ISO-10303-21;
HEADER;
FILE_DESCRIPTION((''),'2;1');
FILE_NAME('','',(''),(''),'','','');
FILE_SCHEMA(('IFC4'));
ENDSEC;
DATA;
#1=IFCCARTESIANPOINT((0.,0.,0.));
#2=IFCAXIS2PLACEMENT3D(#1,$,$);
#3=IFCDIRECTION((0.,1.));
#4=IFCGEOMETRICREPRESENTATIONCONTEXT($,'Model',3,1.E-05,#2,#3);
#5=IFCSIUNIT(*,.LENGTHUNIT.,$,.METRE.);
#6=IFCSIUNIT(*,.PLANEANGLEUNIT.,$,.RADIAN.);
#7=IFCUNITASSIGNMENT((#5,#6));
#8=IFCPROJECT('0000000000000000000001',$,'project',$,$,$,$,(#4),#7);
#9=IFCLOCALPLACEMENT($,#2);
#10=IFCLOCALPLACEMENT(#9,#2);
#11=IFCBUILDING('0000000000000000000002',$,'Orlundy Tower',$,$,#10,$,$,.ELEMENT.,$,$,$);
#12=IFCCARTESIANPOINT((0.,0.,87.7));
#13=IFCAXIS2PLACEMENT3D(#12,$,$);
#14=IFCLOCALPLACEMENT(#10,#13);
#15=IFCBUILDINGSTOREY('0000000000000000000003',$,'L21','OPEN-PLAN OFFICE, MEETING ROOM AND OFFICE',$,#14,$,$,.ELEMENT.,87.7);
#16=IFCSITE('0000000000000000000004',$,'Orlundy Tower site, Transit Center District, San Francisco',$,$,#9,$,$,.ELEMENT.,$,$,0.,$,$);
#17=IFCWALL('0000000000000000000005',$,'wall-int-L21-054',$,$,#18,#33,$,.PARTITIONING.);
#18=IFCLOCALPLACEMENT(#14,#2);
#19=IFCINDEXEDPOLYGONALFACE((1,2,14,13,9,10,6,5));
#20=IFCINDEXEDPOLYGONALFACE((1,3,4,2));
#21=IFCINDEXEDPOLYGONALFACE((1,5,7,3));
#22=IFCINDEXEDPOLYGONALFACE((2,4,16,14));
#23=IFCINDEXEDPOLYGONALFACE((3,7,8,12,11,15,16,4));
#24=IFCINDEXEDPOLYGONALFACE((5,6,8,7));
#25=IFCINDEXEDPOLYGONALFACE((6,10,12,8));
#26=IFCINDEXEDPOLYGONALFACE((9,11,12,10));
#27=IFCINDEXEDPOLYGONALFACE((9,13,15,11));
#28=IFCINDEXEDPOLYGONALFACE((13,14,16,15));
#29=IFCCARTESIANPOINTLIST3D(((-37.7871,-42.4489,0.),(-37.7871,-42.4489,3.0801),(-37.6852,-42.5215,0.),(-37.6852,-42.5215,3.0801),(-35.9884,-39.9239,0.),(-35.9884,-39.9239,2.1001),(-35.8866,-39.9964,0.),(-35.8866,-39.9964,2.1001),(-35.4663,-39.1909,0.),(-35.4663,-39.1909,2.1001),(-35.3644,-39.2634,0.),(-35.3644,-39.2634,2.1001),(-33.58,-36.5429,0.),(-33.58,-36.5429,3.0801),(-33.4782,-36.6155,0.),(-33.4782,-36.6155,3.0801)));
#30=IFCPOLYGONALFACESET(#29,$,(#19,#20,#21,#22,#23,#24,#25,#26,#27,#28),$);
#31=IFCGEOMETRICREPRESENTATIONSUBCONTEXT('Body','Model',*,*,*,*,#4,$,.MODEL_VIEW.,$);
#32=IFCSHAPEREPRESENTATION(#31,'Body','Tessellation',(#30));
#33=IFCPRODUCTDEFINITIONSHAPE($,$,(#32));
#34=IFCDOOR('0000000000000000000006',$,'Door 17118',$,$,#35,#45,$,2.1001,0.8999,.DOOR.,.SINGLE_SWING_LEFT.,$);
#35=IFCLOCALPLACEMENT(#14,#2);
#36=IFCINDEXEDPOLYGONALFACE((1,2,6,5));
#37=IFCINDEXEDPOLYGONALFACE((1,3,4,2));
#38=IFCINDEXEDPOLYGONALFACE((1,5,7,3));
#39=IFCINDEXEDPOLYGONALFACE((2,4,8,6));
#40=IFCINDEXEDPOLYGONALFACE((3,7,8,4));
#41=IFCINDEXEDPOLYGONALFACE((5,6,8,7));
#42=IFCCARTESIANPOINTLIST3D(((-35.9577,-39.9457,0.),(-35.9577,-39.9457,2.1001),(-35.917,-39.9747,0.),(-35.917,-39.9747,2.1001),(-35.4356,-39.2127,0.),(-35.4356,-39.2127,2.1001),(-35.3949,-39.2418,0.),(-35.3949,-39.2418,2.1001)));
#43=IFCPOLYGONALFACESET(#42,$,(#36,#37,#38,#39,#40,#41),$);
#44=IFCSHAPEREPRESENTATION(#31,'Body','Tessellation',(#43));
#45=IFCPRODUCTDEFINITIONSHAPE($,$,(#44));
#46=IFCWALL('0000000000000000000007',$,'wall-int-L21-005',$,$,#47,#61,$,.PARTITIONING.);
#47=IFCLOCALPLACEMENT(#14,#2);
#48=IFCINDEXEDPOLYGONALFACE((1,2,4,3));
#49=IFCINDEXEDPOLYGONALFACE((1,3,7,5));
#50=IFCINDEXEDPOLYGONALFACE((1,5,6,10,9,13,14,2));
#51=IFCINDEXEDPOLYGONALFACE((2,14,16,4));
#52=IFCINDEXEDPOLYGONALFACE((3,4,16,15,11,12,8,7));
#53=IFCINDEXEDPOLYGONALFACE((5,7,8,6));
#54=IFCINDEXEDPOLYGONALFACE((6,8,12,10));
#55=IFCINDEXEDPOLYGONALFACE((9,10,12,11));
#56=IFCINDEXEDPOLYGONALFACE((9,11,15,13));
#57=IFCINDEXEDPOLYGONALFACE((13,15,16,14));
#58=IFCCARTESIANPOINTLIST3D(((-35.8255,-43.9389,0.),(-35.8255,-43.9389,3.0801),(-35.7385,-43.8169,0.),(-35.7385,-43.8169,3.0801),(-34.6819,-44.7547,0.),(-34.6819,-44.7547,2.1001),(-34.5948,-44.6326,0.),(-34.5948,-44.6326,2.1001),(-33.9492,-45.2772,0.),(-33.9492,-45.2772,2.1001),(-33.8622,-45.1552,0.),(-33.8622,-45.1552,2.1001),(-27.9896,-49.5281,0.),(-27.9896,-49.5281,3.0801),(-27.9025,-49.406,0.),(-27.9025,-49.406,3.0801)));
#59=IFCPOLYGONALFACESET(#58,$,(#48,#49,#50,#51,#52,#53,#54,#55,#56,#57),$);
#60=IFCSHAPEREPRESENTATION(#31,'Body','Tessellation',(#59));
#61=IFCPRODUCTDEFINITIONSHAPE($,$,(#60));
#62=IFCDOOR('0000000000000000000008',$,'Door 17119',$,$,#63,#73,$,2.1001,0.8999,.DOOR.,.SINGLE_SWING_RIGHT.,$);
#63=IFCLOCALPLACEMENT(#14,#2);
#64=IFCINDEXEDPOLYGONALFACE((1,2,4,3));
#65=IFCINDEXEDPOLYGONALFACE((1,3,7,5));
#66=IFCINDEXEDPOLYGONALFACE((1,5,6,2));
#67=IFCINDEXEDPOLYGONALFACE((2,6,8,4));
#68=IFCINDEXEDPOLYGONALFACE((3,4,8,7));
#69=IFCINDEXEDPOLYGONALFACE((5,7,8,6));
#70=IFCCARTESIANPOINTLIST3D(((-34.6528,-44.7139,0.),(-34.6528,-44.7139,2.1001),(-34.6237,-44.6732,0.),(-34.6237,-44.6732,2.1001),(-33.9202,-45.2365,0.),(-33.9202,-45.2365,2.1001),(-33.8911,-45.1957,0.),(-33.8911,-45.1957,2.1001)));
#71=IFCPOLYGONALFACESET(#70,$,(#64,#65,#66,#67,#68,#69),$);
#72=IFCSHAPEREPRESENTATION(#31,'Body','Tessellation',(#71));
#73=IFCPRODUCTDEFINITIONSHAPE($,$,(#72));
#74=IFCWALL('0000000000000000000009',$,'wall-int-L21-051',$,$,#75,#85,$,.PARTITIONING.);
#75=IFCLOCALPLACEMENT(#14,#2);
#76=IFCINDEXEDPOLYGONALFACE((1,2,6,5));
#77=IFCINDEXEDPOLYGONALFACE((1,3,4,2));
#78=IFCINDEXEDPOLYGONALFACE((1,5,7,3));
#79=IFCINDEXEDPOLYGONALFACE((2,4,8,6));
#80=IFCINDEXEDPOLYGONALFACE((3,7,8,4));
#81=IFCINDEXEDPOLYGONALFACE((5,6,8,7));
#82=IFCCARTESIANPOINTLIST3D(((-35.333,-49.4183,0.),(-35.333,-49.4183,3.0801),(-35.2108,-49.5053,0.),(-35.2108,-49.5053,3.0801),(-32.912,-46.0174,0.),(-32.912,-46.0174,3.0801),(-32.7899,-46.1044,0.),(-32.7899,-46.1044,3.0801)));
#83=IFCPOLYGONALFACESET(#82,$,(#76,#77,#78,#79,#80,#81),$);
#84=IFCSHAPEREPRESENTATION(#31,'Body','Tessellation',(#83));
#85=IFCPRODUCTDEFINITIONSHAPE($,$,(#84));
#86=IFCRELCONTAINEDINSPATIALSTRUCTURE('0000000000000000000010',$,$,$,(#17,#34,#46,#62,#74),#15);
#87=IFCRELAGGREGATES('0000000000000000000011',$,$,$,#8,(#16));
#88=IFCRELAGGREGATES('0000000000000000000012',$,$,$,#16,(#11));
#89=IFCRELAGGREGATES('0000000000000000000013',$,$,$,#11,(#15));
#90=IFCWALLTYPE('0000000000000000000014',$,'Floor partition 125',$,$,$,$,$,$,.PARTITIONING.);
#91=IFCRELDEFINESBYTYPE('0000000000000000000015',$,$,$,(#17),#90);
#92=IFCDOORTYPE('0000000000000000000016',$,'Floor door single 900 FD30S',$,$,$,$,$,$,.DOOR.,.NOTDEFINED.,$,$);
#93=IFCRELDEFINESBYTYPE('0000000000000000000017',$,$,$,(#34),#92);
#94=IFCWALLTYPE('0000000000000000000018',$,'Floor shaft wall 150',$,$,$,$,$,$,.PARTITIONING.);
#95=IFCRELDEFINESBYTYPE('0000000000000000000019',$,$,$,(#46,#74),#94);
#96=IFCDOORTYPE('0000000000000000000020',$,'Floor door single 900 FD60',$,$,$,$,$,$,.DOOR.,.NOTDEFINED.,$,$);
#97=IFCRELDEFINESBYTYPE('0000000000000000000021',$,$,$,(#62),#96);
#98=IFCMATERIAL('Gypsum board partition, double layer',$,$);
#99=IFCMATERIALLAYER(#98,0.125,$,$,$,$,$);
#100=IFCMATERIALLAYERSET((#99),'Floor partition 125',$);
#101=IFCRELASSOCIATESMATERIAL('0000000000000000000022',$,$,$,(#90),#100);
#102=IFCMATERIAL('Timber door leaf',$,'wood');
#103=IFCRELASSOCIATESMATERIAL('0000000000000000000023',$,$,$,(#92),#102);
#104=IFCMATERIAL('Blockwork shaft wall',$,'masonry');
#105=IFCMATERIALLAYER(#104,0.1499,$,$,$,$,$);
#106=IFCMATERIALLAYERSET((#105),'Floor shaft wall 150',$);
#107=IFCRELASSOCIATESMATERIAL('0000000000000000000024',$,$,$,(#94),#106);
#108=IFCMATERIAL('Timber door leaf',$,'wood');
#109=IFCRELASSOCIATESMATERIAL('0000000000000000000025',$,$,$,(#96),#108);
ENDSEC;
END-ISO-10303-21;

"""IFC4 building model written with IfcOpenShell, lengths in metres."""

from ifc_helpers import new_model, si_unit, direction, frame, frame_2d, origin, place, context, subcontext, project, spatial, rectangle, extrude, material, layer, layer_set, type_object, element, fill, save


model = new_model("IFC4")

# Units and contexts
model_context = context("Model", 3, precision=1e-05, world=origin(), true_north=direction((0.0, 1.0)))
body_context = subcontext(model_context, "Body", "Model", "MODEL_VIEW")
ifc_project = project(units=[si_unit("LENGTHUNIT", "METRE"), si_unit("PLANEANGLEUNIT", "RADIAN")], contexts=[model_context])

# Site, building, storey
site_placement = place(None, origin())
site = spatial("IfcSite", under=ifc_project, at=site_placement, Name="Orlundy Tower site, Transit Center District, San Francisco", CompositionType="ELEMENT", RefElevation=0.0)
building_placement = place(site_placement, origin())
building = spatial("IfcBuilding", under=site, at=building_placement, Name="Orlundy Tower", CompositionType="ELEMENT")
storey_placement = place(building_placement, frame((0.0, 0.0, 87.7)))
storey = spatial("IfcBuildingStorey", under=building, at=storey_placement, Name="L21", Description="OPEN-PLAN OFFICE, MEETING ROOM AND OFFICE", CompositionType="ELEMENT", Elevation=87.7)

# Shared definitions
ifc_material_1 = material(Name="Gypsum board partition, double layer")
ifc_layer_1 = layer(ifc_material_1, 0.125)
ifc_layer_set_1 = layer_set([ifc_layer_1], Name="Floor partition 125")
wall_type_1 = type_object("IfcWallType", Name="Floor partition 125", PredefinedType="PARTITIONING", material=ifc_layer_set_1)

# Shared definitions
ifc_material_2 = material(Name="Timber door leaf", Category="wood")
door_type_1 = type_object("IfcDoorType", Name="Floor door single 900 FD30S", OperationType="NOTDEFINED", PredefinedType="DOOR", material=ifc_material_2)

# Walls, openings, doors
wall_1_placement = place(storey_placement, frame((-37.7361, -42.4851, 0.0), z_axis=(0.0, 0.0, 1.0), x_axis=(0.580184, 0.814486, 0.0)))
wall_1 = element("IfcWall", 1, at=wall_1_placement, inside=storey, type_object=wall_type_1, Name="wall-int-L21-054", PredefinedType="PARTITIONING", context=body_context, shape_type="SweptSolid", body=[
    extrude(rectangle(XDim=7.2512, YDim=0.125, at=frame_2d((3.6255, 0.0))), origin(), (0.0, 0.0, 1.0), 3.0801),
])
opening_1_placement = place(wall_1_placement, frame((3.1001, 0.0, 0.0)))
opening_1 = element("IfcOpeningElement", 2, at=opening_1_placement, cuts=wall_1, PredefinedType="OPENING", context=body_context, shape_type="SweptSolid", body=[
    extrude(rectangle(XDim=0.8999, YDim=2.1001, at=frame_2d((0.45, 1.05))), frame((0.0, 0.0725, 0.0), z_axis=(0.0, -1.0, 0.0), x_axis=(1.0, 0.0, 0.0)), (0.0, 0.0, 1.0), 0.145),
])
door_1_placement = place(opening_1_placement, origin())
door_1 = element("IfcDoor", 3, at=door_1_placement, inside=storey, type_object=door_type_1, Name="Door 17118", OperationType="SINGLE_SWING_LEFT", OverallHeight=2.1001, OverallWidth=0.8999, PredefinedType="DOOR", context=body_context, shape_type="SweptSolid", body=[
    extrude(rectangle(XDim=0.8999, YDim=2.1001, at=frame_2d((0.45, 1.05))), frame((0.0, 0.0249, 0.0), z_axis=(0.0, -1.0, 0.0), x_axis=(1.0, 0.0, 0.0)), (0.0, 0.0, 1.0), 0.05),
])
fill(opening_1, door_1)
ifc_material_3 = material(Name="Blockwork shaft wall", Category="masonry")
ifc_layer_2 = layer(ifc_material_3, 0.1499)
ifc_layer_set_2 = layer_set([ifc_layer_2], Name="Floor shaft wall 150")
wall_type_2 = type_object("IfcWallType", Name="Floor shaft wall 150", PredefinedType="PARTITIONING", material=ifc_layer_set_2)
wall_2_placement = place(storey_placement, frame((-27.946, -49.467, 0.0), z_axis=(0.0, 0.0, 1.0), x_axis=(-0.814126, 0.580689, 0.0)))
wall_2 = element("IfcWall", 4, at=wall_2_placement, inside=storey, type_object=wall_type_2, Name="wall-int-L21-005", PredefinedType="PARTITIONING", context=body_context, shape_type="SweptSolid", body=[
    extrude(rectangle(XDim=9.625, YDim=0.1499, at=frame_2d((4.8125, 0.0))), origin(), (0.0, 0.0, 1.0), 3.0801),
])
opening_2_placement = place(wall_2_placement, frame((7.3203, 0.0, 0.0)))
opening_2 = element("IfcOpeningElement", 5, at=opening_2_placement, cuts=wall_2, PredefinedType="OPENING", context=body_context, shape_type="SweptSolid", body=[
    extrude(rectangle(XDim=0.8999, YDim=2.1001, at=frame_2d((0.45, 1.05))), frame((0.0, 0.085, 0.0), z_axis=(0.0, -1.0, 0.0), x_axis=(1.0, 0.0, 0.0)), (0.0, 0.0, 1.0), 0.1699),
])
ifc_material_4 = material(Name="Timber door leaf", Category="wood")
door_type_2 = type_object("IfcDoorType", Name="Floor door single 900 FD60", OperationType="NOTDEFINED", PredefinedType="DOOR", material=ifc_material_4)
door_2_placement = place(opening_2_placement, origin())
door_2 = element("IfcDoor", 6, at=door_2_placement, inside=storey, type_object=door_type_2, Name="Door 17119", OperationType="SINGLE_SWING_RIGHT", OverallHeight=2.1001, OverallWidth=0.8999, PredefinedType="DOOR", context=body_context, shape_type="SweptSolid", body=[
    extrude(rectangle(XDim=0.8999, YDim=2.1001, at=frame_2d((0.45, 1.05))), frame((0.0, 0.0249, 0.0), z_axis=(0.0, -1.0, 0.0), x_axis=(1.0, 0.0, 0.0)), (0.0, 0.0, 1.0), 0.05),
])
fill(opening_2, door_2)

# Wall
wall_3_placement = place(storey_placement, frame((-35.272, -49.4619, 0.0), z_axis=(0.0, 0.0, 1.0), x_axis=(0.579921, 0.814673, 0.0)))
element("IfcWall", 7, at=wall_3_placement, inside=storey, type_object=wall_type_2, Name="wall-int-L21-051", PredefinedType="PARTITIONING", context=body_context, shape_type="SweptSolid", body=[
    extrude(rectangle(XDim=4.1746, YDim=0.1499, at=frame_2d((2.0874, 0.0))), origin(), (0.0, 0.0, 1.0), 3.0801),
])

save(model, "model.ifc")
